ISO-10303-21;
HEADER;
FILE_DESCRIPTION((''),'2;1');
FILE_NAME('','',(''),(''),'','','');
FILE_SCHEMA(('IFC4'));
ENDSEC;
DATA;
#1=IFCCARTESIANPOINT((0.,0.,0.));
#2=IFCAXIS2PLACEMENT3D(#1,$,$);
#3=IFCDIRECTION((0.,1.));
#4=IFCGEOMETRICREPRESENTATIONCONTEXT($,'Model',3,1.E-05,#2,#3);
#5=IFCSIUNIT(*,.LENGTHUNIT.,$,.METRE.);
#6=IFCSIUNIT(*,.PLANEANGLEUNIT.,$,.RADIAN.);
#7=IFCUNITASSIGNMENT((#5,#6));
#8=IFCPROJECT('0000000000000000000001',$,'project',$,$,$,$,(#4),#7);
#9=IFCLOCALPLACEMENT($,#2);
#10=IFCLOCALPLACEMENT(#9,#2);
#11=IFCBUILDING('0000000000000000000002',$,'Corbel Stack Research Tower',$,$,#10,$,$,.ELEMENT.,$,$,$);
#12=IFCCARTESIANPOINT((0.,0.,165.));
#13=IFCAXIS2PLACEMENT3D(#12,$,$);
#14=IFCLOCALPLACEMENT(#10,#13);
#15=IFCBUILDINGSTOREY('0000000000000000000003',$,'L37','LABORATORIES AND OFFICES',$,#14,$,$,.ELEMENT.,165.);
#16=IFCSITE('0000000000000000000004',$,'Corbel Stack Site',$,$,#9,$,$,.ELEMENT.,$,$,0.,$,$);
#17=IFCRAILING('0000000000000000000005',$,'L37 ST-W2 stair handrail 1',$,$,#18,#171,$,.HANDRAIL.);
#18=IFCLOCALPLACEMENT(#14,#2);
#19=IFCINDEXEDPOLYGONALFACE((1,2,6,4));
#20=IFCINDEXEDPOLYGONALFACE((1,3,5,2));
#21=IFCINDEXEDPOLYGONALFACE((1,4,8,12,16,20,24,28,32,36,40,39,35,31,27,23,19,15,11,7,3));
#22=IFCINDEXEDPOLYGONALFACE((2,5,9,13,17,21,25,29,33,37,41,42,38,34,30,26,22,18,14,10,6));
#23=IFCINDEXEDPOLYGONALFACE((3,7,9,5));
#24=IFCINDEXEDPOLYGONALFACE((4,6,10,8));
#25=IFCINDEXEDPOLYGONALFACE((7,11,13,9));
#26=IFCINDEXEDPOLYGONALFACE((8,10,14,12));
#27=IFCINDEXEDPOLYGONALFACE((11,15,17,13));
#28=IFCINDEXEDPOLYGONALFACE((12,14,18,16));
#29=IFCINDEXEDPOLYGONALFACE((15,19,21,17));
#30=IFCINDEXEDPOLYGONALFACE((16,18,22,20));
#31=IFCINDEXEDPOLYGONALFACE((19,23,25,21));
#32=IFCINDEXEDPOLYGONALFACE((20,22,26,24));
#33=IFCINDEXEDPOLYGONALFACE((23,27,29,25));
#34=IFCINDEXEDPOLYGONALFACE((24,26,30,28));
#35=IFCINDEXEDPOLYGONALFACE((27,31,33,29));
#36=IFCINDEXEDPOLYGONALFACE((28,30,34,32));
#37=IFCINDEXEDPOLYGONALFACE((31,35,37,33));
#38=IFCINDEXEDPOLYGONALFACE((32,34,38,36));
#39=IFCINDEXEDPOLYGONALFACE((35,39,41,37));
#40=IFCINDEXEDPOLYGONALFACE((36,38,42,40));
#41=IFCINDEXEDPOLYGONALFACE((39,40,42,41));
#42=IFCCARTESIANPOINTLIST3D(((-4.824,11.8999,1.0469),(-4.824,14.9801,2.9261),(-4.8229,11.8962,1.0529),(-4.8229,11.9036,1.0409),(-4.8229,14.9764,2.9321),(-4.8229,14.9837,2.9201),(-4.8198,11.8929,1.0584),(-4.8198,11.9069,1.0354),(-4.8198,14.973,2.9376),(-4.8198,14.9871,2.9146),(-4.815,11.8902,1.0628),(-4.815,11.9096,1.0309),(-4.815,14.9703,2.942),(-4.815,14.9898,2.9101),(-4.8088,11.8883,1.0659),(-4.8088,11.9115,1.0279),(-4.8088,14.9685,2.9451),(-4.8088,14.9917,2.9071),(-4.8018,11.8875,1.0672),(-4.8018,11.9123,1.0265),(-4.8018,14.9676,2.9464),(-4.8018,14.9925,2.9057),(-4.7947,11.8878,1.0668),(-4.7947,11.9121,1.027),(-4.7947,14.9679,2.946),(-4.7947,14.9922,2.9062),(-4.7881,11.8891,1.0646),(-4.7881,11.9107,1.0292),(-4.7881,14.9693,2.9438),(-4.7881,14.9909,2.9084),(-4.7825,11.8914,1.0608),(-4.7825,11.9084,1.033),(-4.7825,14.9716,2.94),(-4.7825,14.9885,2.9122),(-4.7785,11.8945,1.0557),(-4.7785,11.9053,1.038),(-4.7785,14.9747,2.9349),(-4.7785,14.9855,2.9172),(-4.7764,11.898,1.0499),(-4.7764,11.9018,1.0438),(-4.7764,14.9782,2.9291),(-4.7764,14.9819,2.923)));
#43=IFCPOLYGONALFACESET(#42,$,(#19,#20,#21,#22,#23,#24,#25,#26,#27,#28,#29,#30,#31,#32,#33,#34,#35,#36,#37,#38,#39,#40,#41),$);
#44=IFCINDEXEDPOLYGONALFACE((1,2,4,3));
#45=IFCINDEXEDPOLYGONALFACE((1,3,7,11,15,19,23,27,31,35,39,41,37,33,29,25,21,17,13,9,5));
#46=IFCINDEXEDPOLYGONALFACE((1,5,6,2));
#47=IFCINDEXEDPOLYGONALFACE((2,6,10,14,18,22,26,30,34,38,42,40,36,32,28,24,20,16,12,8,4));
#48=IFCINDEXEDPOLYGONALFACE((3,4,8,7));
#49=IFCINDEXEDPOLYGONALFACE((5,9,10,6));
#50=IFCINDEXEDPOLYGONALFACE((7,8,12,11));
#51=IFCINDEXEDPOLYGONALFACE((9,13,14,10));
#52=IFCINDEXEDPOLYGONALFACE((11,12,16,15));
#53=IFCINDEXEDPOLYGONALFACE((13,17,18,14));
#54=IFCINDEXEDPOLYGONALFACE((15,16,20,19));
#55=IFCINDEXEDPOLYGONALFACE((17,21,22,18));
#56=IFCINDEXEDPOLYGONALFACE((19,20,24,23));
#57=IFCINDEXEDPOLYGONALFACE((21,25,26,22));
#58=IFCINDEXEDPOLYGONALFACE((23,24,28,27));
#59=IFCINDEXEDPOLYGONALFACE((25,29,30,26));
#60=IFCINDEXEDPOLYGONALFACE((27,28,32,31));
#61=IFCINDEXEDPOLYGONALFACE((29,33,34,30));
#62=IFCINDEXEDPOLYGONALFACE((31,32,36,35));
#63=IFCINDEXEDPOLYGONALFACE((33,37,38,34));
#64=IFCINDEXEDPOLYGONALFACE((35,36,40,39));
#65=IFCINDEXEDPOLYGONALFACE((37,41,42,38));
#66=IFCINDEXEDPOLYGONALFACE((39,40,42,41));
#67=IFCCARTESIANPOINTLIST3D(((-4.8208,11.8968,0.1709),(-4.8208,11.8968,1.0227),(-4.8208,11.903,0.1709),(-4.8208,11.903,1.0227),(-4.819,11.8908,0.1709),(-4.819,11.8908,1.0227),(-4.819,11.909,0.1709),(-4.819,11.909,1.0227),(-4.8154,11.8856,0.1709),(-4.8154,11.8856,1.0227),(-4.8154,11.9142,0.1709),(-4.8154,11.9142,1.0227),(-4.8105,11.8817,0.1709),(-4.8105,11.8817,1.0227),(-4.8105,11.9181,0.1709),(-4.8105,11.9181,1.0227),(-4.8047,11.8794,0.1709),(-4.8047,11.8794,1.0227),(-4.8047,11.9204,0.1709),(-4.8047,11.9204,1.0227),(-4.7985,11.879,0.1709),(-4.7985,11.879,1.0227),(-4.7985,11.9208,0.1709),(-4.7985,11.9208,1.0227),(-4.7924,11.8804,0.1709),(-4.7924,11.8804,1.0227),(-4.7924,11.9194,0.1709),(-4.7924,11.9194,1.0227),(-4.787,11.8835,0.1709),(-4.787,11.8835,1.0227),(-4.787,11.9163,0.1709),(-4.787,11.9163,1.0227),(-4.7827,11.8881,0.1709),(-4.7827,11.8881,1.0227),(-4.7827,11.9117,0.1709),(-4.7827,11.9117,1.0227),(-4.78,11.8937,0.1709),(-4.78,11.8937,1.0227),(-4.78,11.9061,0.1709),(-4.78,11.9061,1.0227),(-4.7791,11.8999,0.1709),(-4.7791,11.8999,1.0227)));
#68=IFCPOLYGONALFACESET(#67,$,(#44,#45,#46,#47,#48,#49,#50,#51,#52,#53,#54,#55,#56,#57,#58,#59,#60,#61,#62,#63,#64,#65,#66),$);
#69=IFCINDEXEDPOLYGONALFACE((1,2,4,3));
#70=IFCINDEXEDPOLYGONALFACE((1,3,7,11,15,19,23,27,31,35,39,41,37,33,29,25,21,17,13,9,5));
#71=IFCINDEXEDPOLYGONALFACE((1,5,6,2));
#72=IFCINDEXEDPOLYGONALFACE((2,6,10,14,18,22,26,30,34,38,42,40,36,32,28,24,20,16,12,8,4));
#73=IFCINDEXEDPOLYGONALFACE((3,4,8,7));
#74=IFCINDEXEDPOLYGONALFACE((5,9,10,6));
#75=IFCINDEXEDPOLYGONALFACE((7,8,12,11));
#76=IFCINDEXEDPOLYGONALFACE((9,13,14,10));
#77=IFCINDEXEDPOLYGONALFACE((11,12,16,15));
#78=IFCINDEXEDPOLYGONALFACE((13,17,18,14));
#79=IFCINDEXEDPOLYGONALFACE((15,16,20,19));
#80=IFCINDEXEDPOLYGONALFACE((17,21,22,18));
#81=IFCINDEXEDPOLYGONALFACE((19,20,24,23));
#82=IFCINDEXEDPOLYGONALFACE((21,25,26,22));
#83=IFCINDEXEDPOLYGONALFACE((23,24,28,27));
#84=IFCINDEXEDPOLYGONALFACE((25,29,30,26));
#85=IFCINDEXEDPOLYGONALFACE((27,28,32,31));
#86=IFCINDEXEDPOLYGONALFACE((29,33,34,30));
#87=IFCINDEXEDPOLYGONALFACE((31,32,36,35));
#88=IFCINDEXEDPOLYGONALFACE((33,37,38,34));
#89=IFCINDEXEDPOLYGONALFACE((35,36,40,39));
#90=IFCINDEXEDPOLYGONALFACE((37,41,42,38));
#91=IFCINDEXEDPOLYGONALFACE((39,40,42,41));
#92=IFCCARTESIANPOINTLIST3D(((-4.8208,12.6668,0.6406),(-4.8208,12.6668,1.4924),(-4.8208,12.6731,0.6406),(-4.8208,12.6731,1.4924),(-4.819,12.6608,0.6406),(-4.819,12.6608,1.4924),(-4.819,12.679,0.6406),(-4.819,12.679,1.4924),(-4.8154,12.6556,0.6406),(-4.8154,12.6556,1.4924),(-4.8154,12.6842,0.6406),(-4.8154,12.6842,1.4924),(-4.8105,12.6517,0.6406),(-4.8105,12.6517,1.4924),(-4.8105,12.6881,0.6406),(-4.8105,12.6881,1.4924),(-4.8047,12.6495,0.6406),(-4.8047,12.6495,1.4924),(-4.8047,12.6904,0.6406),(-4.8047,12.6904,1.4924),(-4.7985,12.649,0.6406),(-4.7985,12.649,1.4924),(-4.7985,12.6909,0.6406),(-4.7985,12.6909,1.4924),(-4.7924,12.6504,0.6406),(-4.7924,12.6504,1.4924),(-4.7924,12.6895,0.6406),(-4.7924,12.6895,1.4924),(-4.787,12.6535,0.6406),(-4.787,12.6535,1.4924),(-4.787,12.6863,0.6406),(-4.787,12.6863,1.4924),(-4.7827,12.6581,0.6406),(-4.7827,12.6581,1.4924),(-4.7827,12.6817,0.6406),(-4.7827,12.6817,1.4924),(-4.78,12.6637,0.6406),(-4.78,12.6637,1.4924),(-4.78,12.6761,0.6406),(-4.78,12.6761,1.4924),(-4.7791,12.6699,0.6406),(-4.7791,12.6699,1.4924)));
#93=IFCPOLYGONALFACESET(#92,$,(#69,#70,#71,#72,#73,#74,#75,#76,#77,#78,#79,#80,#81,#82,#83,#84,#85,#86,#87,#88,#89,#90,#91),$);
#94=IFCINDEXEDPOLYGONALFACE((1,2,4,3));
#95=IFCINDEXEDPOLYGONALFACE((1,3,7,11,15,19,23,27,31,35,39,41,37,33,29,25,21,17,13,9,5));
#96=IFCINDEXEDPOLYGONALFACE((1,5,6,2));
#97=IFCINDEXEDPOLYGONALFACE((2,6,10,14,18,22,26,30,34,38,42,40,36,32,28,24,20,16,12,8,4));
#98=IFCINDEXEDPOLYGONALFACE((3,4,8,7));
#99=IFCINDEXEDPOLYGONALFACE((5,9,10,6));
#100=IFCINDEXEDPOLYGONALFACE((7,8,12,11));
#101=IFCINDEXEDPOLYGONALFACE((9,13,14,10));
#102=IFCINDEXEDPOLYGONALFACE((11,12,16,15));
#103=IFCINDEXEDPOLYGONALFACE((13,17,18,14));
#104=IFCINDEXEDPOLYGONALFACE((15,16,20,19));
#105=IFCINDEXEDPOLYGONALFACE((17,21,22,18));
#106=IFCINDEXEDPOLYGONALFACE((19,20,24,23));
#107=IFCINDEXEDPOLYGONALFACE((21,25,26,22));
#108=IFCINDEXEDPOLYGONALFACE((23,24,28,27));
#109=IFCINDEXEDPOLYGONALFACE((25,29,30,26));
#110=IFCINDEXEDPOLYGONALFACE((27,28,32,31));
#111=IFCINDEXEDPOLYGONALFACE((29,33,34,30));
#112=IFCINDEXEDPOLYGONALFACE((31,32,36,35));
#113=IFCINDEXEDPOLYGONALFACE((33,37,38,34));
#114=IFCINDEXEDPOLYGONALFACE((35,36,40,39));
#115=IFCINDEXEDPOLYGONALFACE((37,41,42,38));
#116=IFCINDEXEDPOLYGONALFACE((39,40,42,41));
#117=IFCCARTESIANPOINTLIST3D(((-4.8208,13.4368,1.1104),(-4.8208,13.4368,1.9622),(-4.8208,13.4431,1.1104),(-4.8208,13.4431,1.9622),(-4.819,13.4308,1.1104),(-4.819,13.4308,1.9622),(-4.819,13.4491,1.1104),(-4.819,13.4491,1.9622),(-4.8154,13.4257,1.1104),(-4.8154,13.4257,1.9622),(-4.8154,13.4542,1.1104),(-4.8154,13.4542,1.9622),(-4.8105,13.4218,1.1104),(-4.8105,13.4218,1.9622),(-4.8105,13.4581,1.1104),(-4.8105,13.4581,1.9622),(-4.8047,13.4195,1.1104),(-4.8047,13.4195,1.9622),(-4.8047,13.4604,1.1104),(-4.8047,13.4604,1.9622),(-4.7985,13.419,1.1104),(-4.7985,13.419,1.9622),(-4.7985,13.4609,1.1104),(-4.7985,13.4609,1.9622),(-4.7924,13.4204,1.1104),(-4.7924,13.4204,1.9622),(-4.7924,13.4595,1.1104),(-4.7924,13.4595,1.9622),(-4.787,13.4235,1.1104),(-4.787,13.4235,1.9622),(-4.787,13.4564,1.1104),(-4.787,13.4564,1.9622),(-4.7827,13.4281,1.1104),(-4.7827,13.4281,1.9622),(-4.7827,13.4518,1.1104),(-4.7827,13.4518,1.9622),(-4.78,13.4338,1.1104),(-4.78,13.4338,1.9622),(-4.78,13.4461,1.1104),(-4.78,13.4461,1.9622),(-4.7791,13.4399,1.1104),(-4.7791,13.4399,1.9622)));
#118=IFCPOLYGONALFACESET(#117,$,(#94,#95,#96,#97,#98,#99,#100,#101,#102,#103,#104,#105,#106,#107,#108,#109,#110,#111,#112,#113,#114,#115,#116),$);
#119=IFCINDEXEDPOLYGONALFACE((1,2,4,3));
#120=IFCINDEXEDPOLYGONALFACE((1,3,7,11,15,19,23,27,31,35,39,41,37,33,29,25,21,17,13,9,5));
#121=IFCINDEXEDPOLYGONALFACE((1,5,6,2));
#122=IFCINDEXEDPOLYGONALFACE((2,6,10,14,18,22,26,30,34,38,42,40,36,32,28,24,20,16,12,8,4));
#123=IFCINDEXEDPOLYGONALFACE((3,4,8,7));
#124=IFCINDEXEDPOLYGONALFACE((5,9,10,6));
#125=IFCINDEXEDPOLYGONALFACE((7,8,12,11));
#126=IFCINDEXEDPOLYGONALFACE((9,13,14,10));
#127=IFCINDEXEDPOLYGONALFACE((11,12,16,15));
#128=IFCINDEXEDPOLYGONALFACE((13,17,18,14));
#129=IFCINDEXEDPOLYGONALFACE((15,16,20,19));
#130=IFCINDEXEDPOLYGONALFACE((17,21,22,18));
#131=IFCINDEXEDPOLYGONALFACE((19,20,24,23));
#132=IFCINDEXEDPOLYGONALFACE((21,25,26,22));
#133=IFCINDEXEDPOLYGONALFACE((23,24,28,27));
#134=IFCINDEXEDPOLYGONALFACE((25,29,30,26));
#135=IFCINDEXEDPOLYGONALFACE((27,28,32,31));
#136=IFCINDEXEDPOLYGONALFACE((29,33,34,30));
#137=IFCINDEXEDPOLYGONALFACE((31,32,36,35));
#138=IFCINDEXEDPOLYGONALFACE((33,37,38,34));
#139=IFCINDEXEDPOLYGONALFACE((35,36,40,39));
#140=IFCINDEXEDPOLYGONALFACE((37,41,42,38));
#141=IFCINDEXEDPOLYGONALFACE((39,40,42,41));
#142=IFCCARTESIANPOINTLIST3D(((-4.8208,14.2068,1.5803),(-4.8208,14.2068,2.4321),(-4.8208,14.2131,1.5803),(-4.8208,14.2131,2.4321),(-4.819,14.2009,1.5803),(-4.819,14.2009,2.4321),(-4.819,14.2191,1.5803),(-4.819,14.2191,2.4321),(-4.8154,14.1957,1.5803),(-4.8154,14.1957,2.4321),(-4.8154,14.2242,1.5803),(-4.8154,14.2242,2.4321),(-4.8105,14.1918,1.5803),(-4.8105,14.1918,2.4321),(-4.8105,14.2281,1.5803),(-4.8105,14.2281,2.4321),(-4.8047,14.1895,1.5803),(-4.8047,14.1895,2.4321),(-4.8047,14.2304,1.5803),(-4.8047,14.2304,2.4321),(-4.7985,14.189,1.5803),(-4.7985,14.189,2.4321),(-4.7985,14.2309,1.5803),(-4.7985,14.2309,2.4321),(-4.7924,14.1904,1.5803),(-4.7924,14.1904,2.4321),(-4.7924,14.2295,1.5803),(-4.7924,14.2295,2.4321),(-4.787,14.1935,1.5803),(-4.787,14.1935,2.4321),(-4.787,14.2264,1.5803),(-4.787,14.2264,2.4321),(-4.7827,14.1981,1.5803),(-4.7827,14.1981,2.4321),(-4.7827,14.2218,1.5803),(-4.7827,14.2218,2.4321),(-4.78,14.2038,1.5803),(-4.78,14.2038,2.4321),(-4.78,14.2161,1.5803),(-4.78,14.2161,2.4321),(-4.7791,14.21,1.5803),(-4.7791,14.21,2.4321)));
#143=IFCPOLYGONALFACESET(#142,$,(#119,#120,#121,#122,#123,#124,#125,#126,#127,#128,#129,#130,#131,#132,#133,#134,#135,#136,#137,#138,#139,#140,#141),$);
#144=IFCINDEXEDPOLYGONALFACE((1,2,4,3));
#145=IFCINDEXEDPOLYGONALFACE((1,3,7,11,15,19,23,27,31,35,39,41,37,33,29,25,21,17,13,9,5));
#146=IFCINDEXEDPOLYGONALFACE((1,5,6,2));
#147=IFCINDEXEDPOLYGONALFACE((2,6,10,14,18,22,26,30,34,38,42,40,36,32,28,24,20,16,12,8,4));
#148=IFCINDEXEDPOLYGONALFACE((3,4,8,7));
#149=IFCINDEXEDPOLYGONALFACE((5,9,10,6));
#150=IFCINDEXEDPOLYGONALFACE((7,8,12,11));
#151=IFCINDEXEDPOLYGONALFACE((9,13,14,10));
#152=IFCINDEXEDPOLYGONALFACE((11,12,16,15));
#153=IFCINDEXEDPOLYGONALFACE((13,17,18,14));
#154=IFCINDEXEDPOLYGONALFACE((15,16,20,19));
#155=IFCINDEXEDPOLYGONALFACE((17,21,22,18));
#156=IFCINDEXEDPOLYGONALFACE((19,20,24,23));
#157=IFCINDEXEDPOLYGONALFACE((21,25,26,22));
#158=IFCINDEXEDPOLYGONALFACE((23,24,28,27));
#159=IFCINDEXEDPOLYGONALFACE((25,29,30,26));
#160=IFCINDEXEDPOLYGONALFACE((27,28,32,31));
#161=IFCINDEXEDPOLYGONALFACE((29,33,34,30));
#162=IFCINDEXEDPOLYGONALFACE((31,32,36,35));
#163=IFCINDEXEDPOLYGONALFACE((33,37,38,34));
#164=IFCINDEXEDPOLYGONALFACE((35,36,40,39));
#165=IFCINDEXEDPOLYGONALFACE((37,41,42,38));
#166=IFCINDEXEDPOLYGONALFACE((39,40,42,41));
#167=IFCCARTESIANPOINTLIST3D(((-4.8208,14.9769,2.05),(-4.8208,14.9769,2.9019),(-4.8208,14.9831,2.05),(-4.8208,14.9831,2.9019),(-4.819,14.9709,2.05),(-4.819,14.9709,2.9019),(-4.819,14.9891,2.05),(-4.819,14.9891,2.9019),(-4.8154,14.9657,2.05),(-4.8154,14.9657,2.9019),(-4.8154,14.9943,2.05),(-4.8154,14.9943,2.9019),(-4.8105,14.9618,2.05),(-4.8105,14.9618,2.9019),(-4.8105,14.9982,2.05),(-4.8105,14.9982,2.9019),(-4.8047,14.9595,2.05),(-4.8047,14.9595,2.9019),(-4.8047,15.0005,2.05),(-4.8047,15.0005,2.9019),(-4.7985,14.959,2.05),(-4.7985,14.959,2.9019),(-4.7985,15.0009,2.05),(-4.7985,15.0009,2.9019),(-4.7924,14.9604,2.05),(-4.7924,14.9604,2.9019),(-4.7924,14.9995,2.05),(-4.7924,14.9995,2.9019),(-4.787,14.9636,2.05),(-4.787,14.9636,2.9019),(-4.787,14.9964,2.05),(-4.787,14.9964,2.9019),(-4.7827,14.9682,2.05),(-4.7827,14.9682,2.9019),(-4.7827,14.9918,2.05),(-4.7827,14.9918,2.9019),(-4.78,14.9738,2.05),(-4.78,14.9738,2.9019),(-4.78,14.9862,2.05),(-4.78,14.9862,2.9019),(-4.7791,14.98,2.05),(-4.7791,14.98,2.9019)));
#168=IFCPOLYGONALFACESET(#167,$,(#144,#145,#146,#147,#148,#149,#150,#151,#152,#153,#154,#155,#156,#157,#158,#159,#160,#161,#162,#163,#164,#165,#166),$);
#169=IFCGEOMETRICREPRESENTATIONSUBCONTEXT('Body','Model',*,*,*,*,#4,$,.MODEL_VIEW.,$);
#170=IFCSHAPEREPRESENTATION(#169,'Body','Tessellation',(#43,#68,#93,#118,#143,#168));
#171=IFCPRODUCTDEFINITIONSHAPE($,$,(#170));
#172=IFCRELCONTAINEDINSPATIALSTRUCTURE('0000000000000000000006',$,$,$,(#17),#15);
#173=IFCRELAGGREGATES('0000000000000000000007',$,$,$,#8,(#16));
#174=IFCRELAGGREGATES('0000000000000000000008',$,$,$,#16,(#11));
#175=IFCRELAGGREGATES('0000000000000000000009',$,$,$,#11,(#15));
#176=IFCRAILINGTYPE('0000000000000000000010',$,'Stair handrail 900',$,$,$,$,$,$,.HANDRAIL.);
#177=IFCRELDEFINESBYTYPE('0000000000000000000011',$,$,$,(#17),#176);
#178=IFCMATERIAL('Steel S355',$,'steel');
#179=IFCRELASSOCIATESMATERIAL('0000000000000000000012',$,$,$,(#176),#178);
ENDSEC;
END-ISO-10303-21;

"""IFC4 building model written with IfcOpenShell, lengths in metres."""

from ifc_helpers import new_model, si_unit, direction, frame, origin, origin_2d, place, context, subcontext, project, spatial, circle, extrude, material, type_object, element, save


model = new_model("IFC4")

# Units and contexts
model_context = context("Model", 3, precision=1e-05, world=origin(), true_north=direction((0.0, 1.0)))
body_context = subcontext(model_context, "Body", "Model", "MODEL_VIEW")
ifc_project = project(units=[si_unit("LENGTHUNIT", "METRE"), si_unit("PLANEANGLEUNIT", "RADIAN")], contexts=[model_context])

# Site, building, storey
site_placement = place(None, origin())
site = spatial("IfcSite", under=ifc_project, at=site_placement, Name="Corbel Stack Site", CompositionType="ELEMENT", RefElevation=0.0)
building_placement = place(site_placement, origin())
building = spatial("IfcBuilding", under=site, at=building_placement, Name="Corbel Stack Research Tower", CompositionType="ELEMENT")
storey_placement = place(building_placement, frame((0.0, 0.0, 165.0)))
storey = spatial("IfcBuildingStorey", under=building, at=storey_placement, Name="L37", Description="LABORATORIES AND OFFICES", CompositionType="ELEMENT", Elevation=165.0)

# Railing
ifc_material_1 = material(Name="Steel S355", Category="steel")
railing_type_1 = type_object("IfcRailingType", Name="Stair handrail 900", PredefinedType="HANDRAIL", material=ifc_material_1)
railing_1_placement = place(storey_placement, frame((-4.8, 11.8999, 0.1709)))
element("IfcRailing", 1, at=railing_1_placement, inside=storey, type_object=railing_type_1, Name="L37 ST-W2 stair handrail 1", PredefinedType="HANDRAIL", context=body_context, shape_type="SweptSolid", body=[
    extrude(circle(Radius=0.0239, at=origin_2d()), frame((0.0, 0.0, 0.876), z_axis=(0.0, 0.853666, 0.52082), x_axis=(-1.0, 0.0, 0.0)), (0.0, 0.0, 1.0), 3.6082),
    extrude(circle(Radius=0.021, at=origin_2d()), origin(), (0.0, 0.0, 1.0), 0.8518),
    extrude(circle(Radius=0.021, at=origin_2d()), frame((0.0, 0.77, 0.4697)), (0.0, 0.0, 1.0), 0.8518),
    extrude(circle(Radius=0.021, at=origin_2d()), frame((0.0, 1.54, 0.9395)), (0.0, 0.0, 1.0), 0.8518),
    extrude(circle(Radius=0.021, at=origin_2d()), frame((0.0, 2.3101, 1.4094)), (0.0, 0.0, 1.0), 0.8518),
    extrude(circle(Radius=0.021, at=origin_2d()), frame((0.0, 3.0801, 1.8792)), (0.0, 0.0, 1.0), 0.8518),
])

save(model, "model.ifc")
